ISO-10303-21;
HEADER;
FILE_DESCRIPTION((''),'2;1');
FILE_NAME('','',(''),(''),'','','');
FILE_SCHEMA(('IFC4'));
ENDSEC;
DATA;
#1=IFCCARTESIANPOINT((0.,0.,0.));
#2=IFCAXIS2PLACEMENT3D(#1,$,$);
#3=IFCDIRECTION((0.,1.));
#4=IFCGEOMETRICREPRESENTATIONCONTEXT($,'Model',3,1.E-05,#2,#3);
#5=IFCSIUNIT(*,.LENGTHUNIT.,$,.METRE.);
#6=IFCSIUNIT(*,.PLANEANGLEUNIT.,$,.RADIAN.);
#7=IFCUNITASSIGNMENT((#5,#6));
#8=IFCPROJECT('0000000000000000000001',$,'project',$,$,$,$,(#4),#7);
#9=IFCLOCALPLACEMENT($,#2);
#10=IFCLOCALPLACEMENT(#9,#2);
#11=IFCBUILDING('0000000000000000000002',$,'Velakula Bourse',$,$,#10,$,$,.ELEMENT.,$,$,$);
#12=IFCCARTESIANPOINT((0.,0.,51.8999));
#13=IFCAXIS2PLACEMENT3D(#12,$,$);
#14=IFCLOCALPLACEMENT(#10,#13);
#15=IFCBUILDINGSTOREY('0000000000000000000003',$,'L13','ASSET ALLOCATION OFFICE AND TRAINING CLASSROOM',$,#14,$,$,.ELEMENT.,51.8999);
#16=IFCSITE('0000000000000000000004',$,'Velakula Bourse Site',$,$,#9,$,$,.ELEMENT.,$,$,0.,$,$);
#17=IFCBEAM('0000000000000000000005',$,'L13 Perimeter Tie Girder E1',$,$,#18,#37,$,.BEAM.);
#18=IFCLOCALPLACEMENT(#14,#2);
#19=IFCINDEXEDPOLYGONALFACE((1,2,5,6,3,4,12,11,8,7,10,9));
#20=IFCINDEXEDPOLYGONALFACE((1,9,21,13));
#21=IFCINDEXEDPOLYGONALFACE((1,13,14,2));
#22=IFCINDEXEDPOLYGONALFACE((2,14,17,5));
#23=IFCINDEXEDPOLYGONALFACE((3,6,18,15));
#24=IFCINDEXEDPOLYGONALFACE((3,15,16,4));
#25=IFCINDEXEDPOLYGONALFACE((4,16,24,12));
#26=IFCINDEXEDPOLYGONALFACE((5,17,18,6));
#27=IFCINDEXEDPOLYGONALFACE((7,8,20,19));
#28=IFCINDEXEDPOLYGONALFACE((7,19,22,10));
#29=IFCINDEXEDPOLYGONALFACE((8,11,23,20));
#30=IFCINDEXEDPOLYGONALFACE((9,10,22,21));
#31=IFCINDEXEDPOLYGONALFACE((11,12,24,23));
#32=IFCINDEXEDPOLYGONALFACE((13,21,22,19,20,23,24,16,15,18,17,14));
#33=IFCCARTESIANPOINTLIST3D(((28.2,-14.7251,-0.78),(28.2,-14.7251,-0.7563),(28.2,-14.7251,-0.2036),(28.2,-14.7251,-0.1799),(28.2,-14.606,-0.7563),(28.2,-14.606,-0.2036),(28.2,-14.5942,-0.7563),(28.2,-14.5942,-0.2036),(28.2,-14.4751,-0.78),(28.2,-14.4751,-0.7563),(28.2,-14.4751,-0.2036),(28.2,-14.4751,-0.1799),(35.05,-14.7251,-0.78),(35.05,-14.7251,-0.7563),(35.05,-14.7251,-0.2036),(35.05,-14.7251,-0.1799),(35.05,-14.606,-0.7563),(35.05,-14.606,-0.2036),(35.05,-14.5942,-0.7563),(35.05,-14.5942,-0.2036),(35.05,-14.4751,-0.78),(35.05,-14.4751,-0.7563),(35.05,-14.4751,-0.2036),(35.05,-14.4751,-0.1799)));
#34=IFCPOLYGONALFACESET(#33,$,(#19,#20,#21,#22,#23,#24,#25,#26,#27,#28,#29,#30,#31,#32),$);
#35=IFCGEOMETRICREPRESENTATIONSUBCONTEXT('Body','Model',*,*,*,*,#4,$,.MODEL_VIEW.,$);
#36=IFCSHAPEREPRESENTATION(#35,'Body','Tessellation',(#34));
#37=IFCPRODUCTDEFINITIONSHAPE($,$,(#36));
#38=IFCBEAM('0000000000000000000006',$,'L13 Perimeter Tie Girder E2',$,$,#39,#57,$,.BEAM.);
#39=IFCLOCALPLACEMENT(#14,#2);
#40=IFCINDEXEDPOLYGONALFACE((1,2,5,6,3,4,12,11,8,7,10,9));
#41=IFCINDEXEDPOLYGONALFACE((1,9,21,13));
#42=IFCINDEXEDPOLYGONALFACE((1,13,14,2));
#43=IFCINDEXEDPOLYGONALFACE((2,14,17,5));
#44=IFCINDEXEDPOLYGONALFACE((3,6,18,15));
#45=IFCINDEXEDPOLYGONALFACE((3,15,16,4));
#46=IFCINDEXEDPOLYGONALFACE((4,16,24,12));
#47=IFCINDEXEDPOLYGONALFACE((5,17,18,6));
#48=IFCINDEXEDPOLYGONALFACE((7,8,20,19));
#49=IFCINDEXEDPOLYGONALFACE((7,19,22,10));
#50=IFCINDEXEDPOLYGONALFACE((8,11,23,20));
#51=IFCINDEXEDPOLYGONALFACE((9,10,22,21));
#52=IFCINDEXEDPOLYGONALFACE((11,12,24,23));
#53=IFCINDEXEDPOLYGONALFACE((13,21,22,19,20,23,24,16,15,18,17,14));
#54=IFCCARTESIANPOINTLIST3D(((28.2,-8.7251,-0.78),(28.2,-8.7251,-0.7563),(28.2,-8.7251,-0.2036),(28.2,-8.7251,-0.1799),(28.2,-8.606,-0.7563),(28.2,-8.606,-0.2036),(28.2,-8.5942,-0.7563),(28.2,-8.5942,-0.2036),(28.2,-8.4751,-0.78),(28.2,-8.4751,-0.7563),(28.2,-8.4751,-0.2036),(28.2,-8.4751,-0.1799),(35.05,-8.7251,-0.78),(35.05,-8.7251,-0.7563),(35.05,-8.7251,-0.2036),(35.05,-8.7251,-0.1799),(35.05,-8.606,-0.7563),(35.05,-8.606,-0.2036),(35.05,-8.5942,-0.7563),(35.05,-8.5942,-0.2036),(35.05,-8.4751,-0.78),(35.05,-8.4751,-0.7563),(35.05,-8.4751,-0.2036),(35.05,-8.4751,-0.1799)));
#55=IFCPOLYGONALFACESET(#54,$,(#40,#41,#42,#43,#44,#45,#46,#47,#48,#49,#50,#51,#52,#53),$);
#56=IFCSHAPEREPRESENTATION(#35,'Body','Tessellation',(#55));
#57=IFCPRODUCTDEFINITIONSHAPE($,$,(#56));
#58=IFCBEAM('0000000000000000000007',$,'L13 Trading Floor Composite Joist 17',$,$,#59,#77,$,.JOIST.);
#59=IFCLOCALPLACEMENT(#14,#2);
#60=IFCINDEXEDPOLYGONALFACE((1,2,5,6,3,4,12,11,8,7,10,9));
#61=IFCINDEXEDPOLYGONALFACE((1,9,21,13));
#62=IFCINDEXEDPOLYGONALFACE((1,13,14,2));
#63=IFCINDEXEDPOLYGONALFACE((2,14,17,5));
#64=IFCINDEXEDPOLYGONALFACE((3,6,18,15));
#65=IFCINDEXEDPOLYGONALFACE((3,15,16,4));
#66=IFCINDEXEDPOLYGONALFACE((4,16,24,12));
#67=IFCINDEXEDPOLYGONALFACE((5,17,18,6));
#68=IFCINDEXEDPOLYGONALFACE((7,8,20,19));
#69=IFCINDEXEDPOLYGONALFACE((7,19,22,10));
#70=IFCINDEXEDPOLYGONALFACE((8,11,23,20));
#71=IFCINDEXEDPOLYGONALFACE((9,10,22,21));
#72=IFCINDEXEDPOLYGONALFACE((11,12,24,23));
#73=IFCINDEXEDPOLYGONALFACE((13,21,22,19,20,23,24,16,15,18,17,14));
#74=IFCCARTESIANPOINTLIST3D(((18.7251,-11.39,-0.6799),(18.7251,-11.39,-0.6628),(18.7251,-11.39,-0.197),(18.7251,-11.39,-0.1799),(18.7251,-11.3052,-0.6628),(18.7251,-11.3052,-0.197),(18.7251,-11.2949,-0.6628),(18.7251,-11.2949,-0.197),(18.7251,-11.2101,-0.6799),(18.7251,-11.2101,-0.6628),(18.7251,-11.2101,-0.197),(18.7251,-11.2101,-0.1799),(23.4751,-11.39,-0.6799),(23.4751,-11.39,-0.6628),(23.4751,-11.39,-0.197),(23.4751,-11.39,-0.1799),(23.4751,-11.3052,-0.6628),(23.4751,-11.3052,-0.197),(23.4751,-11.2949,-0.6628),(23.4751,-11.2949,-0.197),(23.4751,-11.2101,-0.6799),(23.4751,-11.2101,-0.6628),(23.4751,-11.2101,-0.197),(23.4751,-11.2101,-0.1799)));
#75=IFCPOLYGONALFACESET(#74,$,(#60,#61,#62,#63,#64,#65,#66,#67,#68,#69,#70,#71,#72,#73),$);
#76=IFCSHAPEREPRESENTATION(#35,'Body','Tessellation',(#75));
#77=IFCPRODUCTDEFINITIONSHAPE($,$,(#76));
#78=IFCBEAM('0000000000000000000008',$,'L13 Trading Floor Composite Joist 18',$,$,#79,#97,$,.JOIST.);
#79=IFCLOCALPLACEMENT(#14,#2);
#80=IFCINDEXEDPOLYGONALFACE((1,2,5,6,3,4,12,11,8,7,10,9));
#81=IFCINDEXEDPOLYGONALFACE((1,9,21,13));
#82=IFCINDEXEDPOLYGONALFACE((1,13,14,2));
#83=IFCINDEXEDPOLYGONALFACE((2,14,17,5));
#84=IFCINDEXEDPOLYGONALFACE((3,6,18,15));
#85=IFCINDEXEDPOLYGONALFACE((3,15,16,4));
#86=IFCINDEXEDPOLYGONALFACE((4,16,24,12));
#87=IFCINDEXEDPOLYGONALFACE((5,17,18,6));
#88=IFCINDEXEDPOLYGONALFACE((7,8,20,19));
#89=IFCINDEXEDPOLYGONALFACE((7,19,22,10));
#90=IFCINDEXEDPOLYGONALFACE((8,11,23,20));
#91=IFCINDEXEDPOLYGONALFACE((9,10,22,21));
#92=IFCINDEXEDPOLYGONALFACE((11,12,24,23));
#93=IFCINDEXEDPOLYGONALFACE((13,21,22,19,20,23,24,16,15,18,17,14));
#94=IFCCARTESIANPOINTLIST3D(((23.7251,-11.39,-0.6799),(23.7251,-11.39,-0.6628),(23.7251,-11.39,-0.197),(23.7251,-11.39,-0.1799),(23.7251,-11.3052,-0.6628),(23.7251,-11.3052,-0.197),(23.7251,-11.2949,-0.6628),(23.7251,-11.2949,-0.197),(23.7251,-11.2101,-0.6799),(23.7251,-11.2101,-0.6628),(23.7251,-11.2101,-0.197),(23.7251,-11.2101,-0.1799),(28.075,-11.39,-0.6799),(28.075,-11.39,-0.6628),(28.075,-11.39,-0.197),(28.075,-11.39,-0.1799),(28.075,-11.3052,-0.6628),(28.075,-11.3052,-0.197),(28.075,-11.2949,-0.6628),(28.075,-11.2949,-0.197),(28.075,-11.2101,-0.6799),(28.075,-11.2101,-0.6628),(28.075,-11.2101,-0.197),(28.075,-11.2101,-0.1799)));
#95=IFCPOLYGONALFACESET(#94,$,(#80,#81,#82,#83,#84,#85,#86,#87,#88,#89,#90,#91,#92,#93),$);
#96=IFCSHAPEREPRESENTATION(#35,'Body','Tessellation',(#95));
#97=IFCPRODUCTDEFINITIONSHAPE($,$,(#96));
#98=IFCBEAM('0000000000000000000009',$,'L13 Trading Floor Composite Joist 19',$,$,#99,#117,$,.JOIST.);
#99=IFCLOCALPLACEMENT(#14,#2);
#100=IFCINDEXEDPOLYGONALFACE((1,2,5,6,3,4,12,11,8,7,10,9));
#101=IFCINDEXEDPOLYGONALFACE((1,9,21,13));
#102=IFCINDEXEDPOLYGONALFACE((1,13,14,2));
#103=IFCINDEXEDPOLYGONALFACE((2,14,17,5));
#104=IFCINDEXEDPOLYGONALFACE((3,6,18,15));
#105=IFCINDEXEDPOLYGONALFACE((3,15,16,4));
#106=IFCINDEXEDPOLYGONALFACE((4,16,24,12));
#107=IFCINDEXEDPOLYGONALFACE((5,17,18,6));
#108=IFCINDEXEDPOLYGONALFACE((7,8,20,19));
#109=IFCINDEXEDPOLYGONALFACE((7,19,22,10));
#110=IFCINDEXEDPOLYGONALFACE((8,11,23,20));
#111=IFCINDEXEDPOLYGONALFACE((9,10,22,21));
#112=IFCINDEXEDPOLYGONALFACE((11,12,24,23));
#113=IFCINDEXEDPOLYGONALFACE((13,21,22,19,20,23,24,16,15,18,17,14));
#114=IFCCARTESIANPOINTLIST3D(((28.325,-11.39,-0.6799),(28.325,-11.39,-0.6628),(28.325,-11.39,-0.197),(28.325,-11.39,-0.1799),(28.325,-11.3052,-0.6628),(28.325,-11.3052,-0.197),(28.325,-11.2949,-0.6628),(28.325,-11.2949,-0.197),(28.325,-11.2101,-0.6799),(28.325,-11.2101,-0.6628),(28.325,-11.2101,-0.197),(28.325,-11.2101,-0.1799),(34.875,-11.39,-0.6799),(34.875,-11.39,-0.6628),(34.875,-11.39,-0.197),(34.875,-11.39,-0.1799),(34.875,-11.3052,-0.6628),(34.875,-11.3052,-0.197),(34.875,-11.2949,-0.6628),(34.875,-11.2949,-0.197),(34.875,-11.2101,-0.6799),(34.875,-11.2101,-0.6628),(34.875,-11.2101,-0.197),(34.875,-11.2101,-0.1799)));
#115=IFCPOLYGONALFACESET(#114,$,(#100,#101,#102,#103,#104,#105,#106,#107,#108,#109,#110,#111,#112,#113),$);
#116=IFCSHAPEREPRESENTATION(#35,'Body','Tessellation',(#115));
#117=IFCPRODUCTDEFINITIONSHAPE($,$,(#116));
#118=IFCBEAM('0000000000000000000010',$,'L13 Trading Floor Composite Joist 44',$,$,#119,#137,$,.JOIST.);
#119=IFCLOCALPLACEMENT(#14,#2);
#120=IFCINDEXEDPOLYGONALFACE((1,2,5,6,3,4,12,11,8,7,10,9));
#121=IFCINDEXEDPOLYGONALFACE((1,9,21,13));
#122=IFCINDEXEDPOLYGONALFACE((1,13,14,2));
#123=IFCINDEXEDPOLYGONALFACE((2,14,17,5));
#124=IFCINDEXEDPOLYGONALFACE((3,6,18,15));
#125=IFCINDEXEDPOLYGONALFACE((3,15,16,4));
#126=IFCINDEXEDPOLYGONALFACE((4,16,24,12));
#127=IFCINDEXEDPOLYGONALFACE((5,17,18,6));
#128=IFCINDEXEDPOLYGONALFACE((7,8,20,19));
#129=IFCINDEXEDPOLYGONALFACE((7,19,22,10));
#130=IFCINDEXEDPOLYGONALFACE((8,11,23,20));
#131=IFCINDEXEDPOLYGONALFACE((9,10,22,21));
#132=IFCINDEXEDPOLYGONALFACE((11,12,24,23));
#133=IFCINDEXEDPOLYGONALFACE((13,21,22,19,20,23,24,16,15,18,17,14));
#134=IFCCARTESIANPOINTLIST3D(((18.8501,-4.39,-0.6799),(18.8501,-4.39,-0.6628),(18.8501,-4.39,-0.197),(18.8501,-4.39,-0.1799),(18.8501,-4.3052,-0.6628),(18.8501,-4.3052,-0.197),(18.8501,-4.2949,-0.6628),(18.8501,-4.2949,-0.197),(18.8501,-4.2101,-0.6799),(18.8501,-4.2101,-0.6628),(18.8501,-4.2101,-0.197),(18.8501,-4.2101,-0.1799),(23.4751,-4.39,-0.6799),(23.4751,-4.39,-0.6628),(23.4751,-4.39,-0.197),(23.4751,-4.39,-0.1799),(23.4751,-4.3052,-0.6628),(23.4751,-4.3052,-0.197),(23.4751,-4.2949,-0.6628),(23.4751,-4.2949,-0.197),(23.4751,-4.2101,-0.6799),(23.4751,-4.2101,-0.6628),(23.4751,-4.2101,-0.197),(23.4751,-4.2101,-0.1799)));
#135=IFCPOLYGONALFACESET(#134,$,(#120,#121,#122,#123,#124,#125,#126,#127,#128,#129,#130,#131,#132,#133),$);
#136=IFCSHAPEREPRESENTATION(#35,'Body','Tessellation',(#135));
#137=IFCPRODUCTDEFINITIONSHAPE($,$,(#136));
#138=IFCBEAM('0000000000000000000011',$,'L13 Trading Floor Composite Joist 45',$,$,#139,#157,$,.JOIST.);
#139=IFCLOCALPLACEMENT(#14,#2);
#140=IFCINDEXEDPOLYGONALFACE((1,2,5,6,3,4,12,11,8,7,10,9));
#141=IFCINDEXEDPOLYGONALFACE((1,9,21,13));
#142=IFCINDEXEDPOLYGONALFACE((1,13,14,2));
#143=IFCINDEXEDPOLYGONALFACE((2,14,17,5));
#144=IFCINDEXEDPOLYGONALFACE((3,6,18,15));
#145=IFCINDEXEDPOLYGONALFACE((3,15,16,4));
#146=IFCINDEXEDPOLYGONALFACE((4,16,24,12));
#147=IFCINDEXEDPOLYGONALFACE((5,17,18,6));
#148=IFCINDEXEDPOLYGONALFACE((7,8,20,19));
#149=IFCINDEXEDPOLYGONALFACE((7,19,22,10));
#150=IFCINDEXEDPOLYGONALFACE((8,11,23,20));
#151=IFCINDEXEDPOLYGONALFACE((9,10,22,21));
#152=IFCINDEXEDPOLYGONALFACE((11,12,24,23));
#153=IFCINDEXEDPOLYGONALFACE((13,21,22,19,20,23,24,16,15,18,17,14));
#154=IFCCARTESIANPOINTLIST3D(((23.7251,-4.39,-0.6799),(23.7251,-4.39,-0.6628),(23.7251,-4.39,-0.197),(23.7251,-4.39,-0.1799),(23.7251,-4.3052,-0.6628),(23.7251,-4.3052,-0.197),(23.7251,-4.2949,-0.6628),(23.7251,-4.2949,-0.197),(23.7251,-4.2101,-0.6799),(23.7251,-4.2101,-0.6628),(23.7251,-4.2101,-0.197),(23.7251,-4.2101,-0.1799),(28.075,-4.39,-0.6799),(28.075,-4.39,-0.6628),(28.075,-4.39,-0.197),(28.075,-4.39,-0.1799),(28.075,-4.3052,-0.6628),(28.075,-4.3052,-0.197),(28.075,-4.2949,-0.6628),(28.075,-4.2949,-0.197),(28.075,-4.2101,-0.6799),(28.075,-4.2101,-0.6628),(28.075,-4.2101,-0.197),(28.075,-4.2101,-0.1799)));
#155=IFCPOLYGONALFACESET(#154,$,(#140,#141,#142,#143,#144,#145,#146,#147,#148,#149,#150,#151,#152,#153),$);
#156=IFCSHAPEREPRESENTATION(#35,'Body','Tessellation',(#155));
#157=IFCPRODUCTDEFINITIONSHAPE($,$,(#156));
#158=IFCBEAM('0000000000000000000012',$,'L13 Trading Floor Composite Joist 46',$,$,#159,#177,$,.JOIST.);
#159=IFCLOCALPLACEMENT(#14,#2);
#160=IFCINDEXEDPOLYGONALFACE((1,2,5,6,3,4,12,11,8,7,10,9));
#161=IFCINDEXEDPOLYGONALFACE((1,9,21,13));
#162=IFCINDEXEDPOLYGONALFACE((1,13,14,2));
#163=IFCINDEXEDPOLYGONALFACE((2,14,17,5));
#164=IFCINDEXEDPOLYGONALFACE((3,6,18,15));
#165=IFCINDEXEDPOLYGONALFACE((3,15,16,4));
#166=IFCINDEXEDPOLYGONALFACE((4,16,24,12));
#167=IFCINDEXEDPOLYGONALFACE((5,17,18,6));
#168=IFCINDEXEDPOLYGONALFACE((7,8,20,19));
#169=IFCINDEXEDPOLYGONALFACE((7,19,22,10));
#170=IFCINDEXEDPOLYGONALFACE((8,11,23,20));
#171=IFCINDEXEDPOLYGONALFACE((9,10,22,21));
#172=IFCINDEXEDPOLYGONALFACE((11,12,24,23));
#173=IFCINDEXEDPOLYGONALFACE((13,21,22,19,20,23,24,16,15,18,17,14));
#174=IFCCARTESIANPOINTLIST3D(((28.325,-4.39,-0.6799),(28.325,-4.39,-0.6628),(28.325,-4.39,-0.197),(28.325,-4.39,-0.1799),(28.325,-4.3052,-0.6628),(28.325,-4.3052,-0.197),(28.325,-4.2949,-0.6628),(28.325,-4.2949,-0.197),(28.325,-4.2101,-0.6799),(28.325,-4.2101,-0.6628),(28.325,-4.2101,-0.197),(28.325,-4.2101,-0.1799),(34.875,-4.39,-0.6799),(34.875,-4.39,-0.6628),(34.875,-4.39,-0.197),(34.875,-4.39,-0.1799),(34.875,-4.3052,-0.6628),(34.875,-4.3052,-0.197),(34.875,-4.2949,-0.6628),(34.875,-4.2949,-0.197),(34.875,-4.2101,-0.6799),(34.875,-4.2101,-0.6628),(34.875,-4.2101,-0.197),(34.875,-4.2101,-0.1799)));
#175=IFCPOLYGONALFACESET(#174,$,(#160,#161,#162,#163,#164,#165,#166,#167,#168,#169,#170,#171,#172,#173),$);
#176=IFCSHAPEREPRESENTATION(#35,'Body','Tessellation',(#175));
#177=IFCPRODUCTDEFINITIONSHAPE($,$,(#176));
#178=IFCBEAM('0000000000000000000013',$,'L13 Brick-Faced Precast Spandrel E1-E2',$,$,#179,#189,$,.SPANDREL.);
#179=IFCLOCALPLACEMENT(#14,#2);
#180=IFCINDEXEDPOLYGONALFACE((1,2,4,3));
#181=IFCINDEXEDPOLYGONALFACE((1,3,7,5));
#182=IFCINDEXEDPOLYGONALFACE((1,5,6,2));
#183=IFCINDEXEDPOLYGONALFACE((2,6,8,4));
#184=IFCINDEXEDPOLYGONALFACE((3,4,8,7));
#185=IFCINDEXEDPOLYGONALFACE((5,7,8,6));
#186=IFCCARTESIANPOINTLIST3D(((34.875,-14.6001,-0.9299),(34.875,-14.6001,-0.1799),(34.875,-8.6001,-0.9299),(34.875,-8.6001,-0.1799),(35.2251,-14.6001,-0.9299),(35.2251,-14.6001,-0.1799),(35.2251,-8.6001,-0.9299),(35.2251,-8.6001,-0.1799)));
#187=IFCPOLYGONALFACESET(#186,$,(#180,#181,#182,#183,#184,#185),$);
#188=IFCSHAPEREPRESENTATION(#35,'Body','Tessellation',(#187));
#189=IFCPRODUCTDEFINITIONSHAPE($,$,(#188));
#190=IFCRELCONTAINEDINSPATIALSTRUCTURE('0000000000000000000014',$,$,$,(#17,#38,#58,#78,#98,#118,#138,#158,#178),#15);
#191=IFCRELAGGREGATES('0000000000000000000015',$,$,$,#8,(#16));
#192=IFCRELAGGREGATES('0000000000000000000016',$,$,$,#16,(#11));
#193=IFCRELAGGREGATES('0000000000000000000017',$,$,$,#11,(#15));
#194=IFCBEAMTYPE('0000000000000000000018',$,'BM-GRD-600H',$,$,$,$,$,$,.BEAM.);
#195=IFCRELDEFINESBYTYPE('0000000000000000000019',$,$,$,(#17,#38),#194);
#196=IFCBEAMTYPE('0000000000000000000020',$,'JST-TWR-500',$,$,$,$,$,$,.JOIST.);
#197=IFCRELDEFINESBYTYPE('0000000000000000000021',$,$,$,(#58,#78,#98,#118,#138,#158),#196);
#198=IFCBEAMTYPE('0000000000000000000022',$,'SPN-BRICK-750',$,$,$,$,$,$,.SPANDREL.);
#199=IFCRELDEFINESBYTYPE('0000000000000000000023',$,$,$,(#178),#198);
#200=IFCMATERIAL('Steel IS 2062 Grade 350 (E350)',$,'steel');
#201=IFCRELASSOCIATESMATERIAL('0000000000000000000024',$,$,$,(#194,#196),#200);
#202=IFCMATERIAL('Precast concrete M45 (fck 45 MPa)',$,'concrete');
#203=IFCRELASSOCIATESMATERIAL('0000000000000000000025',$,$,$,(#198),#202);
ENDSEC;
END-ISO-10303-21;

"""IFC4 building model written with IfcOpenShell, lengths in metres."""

from ifc_helpers import new_model, si_unit, direction, frame, origin, origin_2d, place, context, subcontext, project, spatial, rectangle, i_section, extrude, material, material_profile, profile_set, type_object, element, save


model = new_model("IFC4")

# Units and contexts
model_context = context("Model", 3, precision=1e-05, world=origin(), true_north=direction((0.0, 1.0)))
body_context = subcontext(model_context, "Body", "Model", "MODEL_VIEW")
ifc_project = project(units=[si_unit("LENGTHUNIT", "METRE"), si_unit("PLANEANGLEUNIT", "RADIAN")], contexts=[model_context])

# Site, building, storey
site_placement = place(None, origin())
site = spatial("IfcSite", under=ifc_project, at=site_placement, Name="Velakula Bourse Site", CompositionType="ELEMENT", RefElevation=0.0)
building_placement = place(site_placement, origin())
building = spatial("IfcBuilding", under=site, at=building_placement, Name="Velakula Bourse", CompositionType="ELEMENT")
storey_placement = place(building_placement, frame((0.0, 0.0, 51.8999)))
storey = spatial("IfcBuildingStorey", under=building, at=storey_placement, Name="L13", Description="ASSET ALLOCATION OFFICE AND TRAINING CLASSROOM", CompositionType="ELEMENT", Elevation=51.8999)

# Beams
ifc_material_1 = material(Name="Steel IS 2062 Grade 350 (E350)", Category="steel")
ifc_material_profile_1 = material_profile(ifc_material_1, i_section(OverallWidth=0.25, OverallDepth=0.6001, WebThickness=0.0117, FlangeThickness=0.0237, at=origin_2d()), Name="Steel IS 2062 Grade 350 (E350)")
ifc_profile_set_1 = profile_set([ifc_material_profile_1], Name="Steel IS 2062 Grade 350 (E350)")
beam_type_1 = type_object("IfcBeamType", Name="BM-GRD-600H", PredefinedType="BEAM", material=ifc_profile_set_1)
for number, where, z_axis, x_axis, name in (
    (1, (28.2, -14.6001, -0.48), (1.0, 0.0, 0.0), (0.0, 1.0, 0.0), "L13 Perimeter Tie Girder E1"),
    (2, (28.2, -8.6001, -0.48), (1.0, 0.0, 0.0), (0.0, 1.0, 0.0), "L13 Perimeter Tie Girder E2"),
):
    element("IfcBeam", number, at=place(storey_placement, frame(where, z_axis=z_axis, x_axis=x_axis)), inside=storey, type_object=beam_type_1, Name=name, PredefinedType="BEAM", context=body_context, shape_type="SweptSolid", body=[
        extrude(i_section(OverallWidth=0.25, OverallDepth=0.6001, WebThickness=0.0117, FlangeThickness=0.0237, at=origin_2d()), origin(), (0.0, 0.0, 1.0), 6.8501),
    ])
ifc_material_profile_2 = material_profile(ifc_material_1, i_section(OverallWidth=0.1799, OverallDepth=0.5, WebThickness=0.0103, FlangeThickness=0.0171, at=origin_2d()), Name="Steel IS 2062 Grade 350 (E350)")
ifc_profile_set_2 = profile_set([ifc_material_profile_2], Name="Steel IS 2062 Grade 350 (E350)")
beam_type_2 = type_object("IfcBeamType", Name="JST-TWR-500", PredefinedType="JOIST", material=ifc_profile_set_2)
beam_1_placement = place(storey_placement, frame((18.7251, -11.3, -0.4299), z_axis=(1.0, 0.0, 0.0), x_axis=(0.0, 1.0, 0.0)))
element("IfcBeam", 3, at=beam_1_placement, inside=storey, type_object=beam_type_2, Name="L13 Trading Floor Composite Joist 17", PredefinedType="JOIST", context=body_context, shape_type="SweptSolid", body=[
    extrude(i_section(OverallWidth=0.1799, OverallDepth=0.5, WebThickness=0.0103, FlangeThickness=0.0171, at=origin_2d()), origin(), (0.0, 0.0, 1.0), 4.75),
])
beam_2_placement = place(storey_placement, frame((23.7251, -11.3, -0.4299), z_axis=(1.0, 0.0, 0.0), x_axis=(0.0, 1.0, 0.0)))
element("IfcBeam", 4, at=beam_2_placement, inside=storey, type_object=beam_type_2, Name="L13 Trading Floor Composite Joist 18", PredefinedType="JOIST", context=body_context, shape_type="SweptSolid", body=[
    extrude(i_section(OverallWidth=0.1799, OverallDepth=0.5, WebThickness=0.0103, FlangeThickness=0.0171, at=origin_2d()), origin(), (0.0, 0.0, 1.0), 4.3499),
])
beam_3_placement = place(storey_placement, frame((28.325, -11.3, -0.4299), z_axis=(1.0, 0.0, 0.0), x_axis=(0.0, 1.0, 0.0)))
element("IfcBeam", 5, at=beam_3_placement, inside=storey, type_object=beam_type_2, Name="L13 Trading Floor Composite Joist 19", PredefinedType="JOIST", context=body_context, shape_type="SweptSolid", body=[
    extrude(i_section(OverallWidth=0.1799, OverallDepth=0.5, WebThickness=0.0103, FlangeThickness=0.0171, at=origin_2d()), origin(), (0.0, 0.0, 1.0), 6.55),
])
beam_4_placement = place(storey_placement, frame((18.8501, -4.3, -0.4299), z_axis=(1.0, 0.0, 0.0), x_axis=(0.0, 1.0, 0.0)))
element("IfcBeam", 6, at=beam_4_placement, inside=storey, type_object=beam_type_2, Name="L13 Trading Floor Composite Joist 44", PredefinedType="JOIST", context=body_context, shape_type="SweptSolid", body=[
    extrude(i_section(OverallWidth=0.1799, OverallDepth=0.5, WebThickness=0.0103, FlangeThickness=0.0171, at=origin_2d()), origin(), (0.0, 0.0, 1.0), 4.625),
])
beam_5_placement = place(storey_placement, frame((23.7251, -4.3, -0.4299), z_axis=(1.0, 0.0, 0.0), x_axis=(0.0, 1.0, 0.0)))
element("IfcBeam", 7, at=beam_5_placement, inside=storey, type_object=beam_type_2, Name="L13 Trading Floor Composite Joist 45", PredefinedType="JOIST", context=body_context, shape_type="SweptSolid", body=[
    extrude(i_section(OverallWidth=0.1799, OverallDepth=0.5, WebThickness=0.0103, FlangeThickness=0.0171, at=origin_2d()), origin(), (0.0, 0.0, 1.0), 4.3499),
])
beam_6_placement = place(storey_placement, frame((28.325, -4.3, -0.4299), z_axis=(1.0, 0.0, 0.0), x_axis=(0.0, 1.0, 0.0)))
element("IfcBeam", 8, at=beam_6_placement, inside=storey, type_object=beam_type_2, Name="L13 Trading Floor Composite Joist 46", PredefinedType="JOIST", context=body_context, shape_type="SweptSolid", body=[
    extrude(i_section(OverallWidth=0.1799, OverallDepth=0.5, WebThickness=0.0103, FlangeThickness=0.0171, at=origin_2d()), origin(), (0.0, 0.0, 1.0), 6.55),
])
ifc_material_2 = material(Name="Precast concrete M45 (fck 45 MPa)", Category="concrete")
ifc_material_profile_3 = material_profile(ifc_material_2, rectangle(XDim=0.3501, YDim=0.75, at=origin_2d()), Name="Precast concrete M45 (fck 45 MPa)")
ifc_profile_set_3 = profile_set([ifc_material_profile_3], Name="Precast concrete M45 (fck 45 MPa)")
beam_type_3 = type_object("IfcBeamType", Name="SPN-BRICK-750", PredefinedType="SPANDREL", material=ifc_profile_set_3)
beam_7_placement = place(storey_placement, frame((35.05, -14.6001, -0.5549), z_axis=(0.0, 1.0, 0.0), x_axis=(-1.0, 0.0, 0.0)))
element("IfcBeam", 9, at=beam_7_placement, inside=storey, type_object=beam_type_3, Name="L13 Brick-Faced Precast Spandrel E1-E2", PredefinedType="SPANDREL", context=body_context, shape_type="SweptSolid", body=[
    extrude(rectangle(XDim=0.3501, YDim=0.75, at=origin_2d()), origin(), (0.0, 0.0, 1.0), 6.0),
])

save(model, "model.ifc")
